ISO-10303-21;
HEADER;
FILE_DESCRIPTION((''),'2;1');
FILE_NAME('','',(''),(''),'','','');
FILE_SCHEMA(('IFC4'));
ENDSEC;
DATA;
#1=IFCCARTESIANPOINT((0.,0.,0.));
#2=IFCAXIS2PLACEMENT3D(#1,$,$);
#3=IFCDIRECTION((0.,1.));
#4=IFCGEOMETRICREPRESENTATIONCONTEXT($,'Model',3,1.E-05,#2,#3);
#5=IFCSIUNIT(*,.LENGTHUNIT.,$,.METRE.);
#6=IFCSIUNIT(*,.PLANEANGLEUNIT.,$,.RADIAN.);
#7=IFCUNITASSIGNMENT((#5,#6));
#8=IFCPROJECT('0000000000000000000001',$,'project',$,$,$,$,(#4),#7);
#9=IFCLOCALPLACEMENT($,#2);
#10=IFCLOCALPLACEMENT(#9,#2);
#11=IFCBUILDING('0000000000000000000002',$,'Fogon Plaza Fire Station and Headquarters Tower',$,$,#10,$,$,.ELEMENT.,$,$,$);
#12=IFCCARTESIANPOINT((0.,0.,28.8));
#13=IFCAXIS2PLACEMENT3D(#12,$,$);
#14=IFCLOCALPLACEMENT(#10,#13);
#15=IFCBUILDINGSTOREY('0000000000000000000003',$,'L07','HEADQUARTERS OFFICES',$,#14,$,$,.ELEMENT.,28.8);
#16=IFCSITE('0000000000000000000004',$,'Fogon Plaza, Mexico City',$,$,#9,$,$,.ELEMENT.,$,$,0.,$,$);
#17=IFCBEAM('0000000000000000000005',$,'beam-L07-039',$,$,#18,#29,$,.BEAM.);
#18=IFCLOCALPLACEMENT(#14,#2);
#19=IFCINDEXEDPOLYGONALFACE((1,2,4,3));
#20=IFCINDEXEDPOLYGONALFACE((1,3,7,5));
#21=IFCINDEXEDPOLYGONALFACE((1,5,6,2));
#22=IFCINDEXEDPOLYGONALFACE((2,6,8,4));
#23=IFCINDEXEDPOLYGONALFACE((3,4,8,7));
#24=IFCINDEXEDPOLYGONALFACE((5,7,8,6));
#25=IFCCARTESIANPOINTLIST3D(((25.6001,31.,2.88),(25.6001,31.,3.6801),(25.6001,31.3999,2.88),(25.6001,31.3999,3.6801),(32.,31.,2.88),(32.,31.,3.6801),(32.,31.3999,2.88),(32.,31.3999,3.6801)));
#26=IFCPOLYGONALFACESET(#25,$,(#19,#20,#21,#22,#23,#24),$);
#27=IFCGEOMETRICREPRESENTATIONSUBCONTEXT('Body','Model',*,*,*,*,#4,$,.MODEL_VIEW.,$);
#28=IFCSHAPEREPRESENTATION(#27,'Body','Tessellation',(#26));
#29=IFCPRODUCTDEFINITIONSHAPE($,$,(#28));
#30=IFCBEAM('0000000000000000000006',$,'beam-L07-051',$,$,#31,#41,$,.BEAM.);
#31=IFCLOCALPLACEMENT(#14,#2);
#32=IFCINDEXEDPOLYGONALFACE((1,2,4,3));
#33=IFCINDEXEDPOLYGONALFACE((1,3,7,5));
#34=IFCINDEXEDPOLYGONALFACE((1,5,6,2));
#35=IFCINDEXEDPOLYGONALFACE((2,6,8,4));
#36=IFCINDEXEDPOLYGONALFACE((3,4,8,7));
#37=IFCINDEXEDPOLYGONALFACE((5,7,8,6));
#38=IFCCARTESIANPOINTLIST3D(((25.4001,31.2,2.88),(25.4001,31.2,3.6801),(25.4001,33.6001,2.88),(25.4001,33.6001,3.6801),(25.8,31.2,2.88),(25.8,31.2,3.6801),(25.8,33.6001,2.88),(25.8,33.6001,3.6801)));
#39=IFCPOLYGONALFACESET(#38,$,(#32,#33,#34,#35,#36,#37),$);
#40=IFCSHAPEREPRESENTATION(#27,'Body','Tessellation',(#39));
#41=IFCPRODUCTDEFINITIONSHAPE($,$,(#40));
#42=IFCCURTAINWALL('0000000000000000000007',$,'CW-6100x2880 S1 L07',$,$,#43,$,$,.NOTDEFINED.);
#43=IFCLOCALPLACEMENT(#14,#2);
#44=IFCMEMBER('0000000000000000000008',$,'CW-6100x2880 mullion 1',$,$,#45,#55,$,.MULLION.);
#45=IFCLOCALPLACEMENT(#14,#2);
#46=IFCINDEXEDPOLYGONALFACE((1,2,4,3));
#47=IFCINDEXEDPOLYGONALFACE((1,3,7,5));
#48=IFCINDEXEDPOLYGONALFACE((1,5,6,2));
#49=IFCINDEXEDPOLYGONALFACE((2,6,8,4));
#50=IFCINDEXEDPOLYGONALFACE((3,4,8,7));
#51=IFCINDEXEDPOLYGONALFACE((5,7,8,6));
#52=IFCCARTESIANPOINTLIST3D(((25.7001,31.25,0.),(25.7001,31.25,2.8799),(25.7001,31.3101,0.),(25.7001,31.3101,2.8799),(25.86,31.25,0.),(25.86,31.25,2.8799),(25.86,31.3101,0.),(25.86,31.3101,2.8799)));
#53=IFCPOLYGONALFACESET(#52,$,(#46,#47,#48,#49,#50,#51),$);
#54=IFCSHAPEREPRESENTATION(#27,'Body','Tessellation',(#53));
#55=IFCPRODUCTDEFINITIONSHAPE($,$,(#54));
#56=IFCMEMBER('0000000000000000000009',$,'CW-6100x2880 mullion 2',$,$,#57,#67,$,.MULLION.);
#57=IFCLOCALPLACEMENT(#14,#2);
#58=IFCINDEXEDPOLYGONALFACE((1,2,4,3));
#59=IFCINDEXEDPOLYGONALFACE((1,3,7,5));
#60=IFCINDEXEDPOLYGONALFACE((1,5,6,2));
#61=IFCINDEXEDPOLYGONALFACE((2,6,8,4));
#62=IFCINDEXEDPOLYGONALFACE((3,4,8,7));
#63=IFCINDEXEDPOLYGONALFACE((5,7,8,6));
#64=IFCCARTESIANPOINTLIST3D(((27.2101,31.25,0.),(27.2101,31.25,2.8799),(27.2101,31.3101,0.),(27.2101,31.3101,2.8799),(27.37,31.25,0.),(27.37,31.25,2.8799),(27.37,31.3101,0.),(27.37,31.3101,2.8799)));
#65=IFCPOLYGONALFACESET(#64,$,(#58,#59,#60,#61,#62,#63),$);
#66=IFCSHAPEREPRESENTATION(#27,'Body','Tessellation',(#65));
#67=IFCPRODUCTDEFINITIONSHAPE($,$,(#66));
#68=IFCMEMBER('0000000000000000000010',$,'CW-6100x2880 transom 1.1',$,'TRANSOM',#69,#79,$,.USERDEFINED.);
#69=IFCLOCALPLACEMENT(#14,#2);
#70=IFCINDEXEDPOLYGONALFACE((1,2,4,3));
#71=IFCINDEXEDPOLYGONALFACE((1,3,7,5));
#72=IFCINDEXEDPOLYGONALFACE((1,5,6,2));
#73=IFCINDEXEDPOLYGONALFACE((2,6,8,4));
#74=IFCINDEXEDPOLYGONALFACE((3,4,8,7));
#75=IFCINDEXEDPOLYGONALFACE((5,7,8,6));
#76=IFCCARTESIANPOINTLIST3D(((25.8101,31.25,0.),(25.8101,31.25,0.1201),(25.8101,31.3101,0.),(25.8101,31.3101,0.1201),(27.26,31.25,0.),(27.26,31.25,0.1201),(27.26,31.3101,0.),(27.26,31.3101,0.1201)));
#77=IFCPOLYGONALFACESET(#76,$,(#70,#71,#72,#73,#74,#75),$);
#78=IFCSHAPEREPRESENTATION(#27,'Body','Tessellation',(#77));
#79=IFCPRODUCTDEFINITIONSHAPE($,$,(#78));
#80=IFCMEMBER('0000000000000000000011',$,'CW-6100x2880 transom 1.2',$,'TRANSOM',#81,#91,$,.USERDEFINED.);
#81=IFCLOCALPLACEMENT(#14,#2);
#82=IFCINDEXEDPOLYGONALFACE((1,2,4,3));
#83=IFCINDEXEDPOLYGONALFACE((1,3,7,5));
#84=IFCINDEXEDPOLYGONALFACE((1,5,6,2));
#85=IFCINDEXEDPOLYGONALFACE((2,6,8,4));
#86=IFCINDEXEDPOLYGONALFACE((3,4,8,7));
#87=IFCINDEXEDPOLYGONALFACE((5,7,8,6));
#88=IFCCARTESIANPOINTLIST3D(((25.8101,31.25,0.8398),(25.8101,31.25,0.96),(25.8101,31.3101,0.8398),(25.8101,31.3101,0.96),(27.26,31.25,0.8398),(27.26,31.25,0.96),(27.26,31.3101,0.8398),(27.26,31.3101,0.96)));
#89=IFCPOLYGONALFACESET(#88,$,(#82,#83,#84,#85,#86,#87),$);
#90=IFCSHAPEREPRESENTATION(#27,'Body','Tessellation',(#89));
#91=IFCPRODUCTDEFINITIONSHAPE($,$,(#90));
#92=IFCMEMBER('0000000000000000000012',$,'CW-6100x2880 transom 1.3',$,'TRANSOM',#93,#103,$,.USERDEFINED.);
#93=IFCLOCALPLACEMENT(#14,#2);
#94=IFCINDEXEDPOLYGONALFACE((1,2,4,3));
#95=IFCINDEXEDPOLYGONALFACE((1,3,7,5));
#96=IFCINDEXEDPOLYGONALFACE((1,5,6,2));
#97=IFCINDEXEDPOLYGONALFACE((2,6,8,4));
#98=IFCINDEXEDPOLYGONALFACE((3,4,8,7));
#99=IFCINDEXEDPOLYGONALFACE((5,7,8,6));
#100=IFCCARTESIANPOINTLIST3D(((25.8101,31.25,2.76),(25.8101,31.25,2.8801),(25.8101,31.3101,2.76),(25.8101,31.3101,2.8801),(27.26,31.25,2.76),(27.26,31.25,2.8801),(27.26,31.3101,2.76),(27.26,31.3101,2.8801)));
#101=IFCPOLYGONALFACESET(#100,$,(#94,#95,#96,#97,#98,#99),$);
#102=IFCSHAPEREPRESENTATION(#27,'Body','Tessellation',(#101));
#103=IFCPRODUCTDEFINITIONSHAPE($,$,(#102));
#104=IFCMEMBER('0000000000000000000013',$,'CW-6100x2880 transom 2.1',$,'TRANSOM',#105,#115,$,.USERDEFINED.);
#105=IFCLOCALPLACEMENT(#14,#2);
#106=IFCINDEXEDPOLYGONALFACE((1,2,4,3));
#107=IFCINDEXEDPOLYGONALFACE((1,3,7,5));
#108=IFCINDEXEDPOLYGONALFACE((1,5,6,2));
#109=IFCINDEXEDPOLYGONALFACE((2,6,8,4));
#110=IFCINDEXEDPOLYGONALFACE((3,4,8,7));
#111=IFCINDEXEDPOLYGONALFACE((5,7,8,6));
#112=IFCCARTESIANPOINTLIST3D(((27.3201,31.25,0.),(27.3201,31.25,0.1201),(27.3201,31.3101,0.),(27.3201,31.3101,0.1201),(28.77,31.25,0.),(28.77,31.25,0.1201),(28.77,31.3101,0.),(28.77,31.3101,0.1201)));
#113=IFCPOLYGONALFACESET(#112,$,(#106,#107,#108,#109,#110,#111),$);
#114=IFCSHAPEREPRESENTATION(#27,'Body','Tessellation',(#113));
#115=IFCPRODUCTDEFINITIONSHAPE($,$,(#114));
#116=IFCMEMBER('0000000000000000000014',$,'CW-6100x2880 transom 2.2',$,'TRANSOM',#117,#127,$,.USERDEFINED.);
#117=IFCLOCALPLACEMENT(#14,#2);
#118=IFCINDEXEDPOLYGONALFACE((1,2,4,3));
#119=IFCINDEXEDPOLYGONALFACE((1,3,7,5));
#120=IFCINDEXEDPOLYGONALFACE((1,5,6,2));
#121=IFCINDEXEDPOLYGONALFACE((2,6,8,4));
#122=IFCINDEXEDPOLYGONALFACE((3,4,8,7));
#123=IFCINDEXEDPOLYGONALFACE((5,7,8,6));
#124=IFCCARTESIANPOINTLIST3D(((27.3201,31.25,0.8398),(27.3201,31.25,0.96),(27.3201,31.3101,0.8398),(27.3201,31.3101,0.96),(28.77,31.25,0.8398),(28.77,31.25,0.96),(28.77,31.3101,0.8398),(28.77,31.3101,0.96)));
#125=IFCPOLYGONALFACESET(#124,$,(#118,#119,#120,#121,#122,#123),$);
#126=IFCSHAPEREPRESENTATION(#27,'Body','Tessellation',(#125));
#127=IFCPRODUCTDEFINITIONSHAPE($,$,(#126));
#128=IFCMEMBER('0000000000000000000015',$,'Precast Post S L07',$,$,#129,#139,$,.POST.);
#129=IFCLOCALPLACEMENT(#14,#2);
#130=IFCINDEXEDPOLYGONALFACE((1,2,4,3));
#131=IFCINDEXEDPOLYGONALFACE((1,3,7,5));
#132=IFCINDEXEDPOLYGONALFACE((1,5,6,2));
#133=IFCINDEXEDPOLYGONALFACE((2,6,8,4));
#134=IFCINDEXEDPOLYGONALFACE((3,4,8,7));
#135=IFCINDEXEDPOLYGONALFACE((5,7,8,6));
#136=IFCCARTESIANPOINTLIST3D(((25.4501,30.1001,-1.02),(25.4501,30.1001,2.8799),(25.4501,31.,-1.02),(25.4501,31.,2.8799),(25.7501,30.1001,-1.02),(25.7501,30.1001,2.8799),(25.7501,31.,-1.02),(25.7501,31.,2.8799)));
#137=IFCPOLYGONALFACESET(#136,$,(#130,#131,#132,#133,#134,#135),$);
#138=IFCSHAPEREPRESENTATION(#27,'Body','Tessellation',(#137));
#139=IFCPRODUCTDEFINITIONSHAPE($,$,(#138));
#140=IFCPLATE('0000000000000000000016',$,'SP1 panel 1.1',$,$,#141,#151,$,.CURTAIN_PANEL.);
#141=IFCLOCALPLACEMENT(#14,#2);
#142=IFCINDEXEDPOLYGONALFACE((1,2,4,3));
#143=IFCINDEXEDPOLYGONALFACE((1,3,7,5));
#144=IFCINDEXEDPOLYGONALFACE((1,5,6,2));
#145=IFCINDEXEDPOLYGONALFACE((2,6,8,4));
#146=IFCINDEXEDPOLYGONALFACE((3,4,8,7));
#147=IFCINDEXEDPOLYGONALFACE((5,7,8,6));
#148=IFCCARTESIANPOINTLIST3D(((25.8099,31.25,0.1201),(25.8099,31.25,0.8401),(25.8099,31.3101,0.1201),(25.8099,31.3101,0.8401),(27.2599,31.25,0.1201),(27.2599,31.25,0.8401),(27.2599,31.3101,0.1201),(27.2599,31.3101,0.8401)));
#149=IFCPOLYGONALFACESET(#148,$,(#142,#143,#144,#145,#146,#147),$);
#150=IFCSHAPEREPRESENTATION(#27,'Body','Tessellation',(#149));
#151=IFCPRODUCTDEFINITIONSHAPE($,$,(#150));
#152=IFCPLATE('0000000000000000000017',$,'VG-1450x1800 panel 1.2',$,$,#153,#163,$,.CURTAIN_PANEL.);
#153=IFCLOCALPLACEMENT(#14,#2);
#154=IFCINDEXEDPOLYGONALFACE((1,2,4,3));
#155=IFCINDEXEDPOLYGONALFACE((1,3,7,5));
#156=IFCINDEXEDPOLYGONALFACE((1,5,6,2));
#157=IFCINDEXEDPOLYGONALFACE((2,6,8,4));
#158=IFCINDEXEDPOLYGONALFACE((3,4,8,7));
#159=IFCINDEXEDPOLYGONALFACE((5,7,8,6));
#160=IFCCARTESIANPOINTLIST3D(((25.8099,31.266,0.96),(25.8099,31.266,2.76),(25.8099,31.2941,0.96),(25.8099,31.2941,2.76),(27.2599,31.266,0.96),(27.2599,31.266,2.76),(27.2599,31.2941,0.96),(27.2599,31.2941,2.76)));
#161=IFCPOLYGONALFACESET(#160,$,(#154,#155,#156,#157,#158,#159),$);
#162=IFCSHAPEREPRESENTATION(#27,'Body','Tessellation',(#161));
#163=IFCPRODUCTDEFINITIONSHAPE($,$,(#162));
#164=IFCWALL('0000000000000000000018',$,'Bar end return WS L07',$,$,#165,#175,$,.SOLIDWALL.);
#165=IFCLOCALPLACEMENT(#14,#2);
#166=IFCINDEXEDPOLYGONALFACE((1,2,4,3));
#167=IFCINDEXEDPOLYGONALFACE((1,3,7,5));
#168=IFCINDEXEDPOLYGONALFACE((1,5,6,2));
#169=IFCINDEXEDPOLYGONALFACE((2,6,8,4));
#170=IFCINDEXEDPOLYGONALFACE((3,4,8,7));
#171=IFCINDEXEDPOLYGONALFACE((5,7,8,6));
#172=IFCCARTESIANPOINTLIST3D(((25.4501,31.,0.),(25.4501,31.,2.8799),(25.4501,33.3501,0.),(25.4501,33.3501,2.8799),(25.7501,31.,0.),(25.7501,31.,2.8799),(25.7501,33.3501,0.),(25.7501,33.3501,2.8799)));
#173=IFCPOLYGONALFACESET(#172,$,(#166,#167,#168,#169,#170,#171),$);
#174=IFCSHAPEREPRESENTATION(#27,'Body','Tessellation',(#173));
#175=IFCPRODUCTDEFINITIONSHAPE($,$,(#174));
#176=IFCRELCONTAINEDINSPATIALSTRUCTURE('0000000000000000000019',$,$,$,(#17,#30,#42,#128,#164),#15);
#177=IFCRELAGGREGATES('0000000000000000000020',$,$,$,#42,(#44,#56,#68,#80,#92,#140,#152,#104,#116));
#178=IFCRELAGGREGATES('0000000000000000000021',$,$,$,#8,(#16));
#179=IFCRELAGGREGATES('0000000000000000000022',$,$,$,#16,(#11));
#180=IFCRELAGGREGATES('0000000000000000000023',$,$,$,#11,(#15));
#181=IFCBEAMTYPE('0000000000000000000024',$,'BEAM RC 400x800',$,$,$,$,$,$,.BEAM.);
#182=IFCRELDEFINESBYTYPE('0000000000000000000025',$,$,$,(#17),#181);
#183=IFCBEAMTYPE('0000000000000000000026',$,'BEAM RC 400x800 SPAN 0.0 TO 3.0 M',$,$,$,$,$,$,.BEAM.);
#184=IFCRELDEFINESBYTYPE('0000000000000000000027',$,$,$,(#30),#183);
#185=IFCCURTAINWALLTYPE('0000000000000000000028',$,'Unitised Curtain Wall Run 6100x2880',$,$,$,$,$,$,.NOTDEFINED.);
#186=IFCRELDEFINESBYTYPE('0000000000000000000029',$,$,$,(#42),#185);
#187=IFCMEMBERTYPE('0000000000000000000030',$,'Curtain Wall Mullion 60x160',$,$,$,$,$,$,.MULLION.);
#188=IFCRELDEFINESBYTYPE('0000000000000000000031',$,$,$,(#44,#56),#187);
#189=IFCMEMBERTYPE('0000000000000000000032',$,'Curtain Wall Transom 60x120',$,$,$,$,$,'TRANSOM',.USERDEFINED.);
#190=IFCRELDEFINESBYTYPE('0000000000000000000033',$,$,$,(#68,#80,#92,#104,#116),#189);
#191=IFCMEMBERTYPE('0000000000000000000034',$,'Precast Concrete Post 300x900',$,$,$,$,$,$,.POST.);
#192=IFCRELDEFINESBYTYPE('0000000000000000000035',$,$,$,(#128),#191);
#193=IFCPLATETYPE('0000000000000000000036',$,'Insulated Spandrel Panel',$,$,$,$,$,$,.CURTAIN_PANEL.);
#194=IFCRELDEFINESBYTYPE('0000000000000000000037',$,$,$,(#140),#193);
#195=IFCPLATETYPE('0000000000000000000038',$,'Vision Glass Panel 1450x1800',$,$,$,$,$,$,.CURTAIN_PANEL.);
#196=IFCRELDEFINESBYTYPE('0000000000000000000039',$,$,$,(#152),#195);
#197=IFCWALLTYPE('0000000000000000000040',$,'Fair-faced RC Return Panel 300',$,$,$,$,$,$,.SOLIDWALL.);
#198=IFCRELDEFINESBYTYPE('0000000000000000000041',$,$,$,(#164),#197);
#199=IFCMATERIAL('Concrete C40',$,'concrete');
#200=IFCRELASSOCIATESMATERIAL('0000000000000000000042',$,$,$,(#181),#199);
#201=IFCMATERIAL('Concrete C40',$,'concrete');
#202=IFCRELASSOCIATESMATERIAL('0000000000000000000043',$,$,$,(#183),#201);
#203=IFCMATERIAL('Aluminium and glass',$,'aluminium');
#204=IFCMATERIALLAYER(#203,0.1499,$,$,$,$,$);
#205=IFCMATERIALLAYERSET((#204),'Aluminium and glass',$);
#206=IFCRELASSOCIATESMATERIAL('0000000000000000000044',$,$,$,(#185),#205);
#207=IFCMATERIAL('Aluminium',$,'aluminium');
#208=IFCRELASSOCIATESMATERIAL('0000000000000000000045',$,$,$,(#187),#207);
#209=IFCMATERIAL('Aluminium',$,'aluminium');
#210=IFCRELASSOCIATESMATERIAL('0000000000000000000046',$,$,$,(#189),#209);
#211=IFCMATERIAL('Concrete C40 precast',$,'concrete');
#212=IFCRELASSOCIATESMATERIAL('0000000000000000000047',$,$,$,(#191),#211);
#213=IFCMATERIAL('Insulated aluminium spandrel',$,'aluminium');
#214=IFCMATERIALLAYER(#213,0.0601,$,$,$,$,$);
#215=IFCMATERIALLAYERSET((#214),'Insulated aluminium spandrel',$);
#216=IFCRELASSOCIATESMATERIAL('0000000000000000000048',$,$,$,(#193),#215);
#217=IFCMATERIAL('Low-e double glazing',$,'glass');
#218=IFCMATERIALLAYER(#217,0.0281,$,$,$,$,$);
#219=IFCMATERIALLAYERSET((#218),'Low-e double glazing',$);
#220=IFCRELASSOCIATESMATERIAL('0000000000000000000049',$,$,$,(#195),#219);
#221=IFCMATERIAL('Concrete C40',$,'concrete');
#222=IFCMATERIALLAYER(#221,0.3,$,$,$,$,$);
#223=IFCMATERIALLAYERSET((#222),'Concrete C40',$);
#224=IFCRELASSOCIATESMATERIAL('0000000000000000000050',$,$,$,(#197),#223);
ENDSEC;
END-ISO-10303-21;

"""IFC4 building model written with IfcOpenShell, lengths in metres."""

from ifc_helpers import new_model, si_unit, direction, frame, frame_2d, origin, origin_2d, place, context, subcontext, project, spatial, rectangle, extrude, material, layer, layer_set, material_profile, profile_set, type_object, element, aggregate, save


model = new_model("IFC4")

# Units and contexts
model_context = context("Model", 3, precision=1e-05, world=origin(), true_north=direction((0.0, 1.0)))
body_context = subcontext(model_context, "Body", "Model", "MODEL_VIEW")
ifc_project = project(units=[si_unit("LENGTHUNIT", "METRE"), si_unit("PLANEANGLEUNIT", "RADIAN")], contexts=[model_context])

# Site, building, storey
site_placement = place(None, origin())
site = spatial("IfcSite", under=ifc_project, at=site_placement, Name="Fogon Plaza, Mexico City", CompositionType="ELEMENT", RefElevation=0.0)
building_placement = place(site_placement, origin())
building = spatial("IfcBuilding", under=site, at=building_placement, Name="Fogon Plaza Fire Station and Headquarters Tower", CompositionType="ELEMENT")
storey_placement = place(building_placement, frame((0.0, 0.0, 28.8)))
storey = spatial("IfcBuildingStorey", under=building, at=storey_placement, Name="L07", Description="HEADQUARTERS OFFICES", CompositionType="ELEMENT", Elevation=28.8)

# Beams
ifc_material_1 = material(Name="Concrete C40", Category="concrete")
ifc_material_profile_1 = material_profile(ifc_material_1, rectangle(XDim=0.3999, YDim=0.8, at=origin_2d()), Name="RC 400x800")
ifc_profile_set_1 = profile_set([ifc_material_profile_1], Name="Concrete C40")
beam_type_1 = type_object("IfcBeamType", Name="BEAM RC 400x800", PredefinedType="BEAM", material=ifc_profile_set_1)
beam_1_placement = place(storey_placement, frame((25.6001, 31.2, 3.28), z_axis=(1.0, 0.0, 0.0), x_axis=(0.0, 1.0, 0.0)))
element("IfcBeam", 1, at=beam_1_placement, inside=storey, type_object=beam_type_1, Name="beam-L07-039", PredefinedType="BEAM", context=body_context, shape_type="SweptSolid", body=[
    extrude(rectangle(XDim=0.3999, YDim=0.8, at=origin_2d()), origin(), (0.0, 0.0, 1.0), 6.3999),
])
ifc_material_2 = material(Name="Concrete C40", Category="concrete")
ifc_material_profile_2 = material_profile(ifc_material_2, rectangle(XDim=0.3999, YDim=0.8, at=origin_2d()), Name="RC 400x800")
ifc_profile_set_2 = profile_set([ifc_material_profile_2], Name="Concrete C40")
beam_type_2 = type_object("IfcBeamType", Name="BEAM RC 400x800 SPAN 0.0 TO 3.0 M", PredefinedType="BEAM", material=ifc_profile_set_2)
beam_2_placement = place(storey_placement, frame((25.6001, 31.2, 3.28), z_axis=(0.0, 1.0, 0.0), x_axis=(-1.0, 0.0, 0.0)))
element("IfcBeam", 2, at=beam_2_placement, inside=storey, type_object=beam_type_2, Name="beam-L07-051", PredefinedType="BEAM", context=body_context, shape_type="SweptSolid", body=[
    extrude(rectangle(XDim=0.3999, YDim=0.8, at=origin_2d()), origin(), (0.0, 0.0, 1.0), 2.4001),
])

# Curtain wall, members
ifc_material_3 = material(Name="Aluminium and glass", Category="aluminium")
ifc_layer_1 = layer(ifc_material_3, 0.1499)
ifc_layer_set_1 = layer_set([ifc_layer_1], Name="Aluminium and glass")
curtain_wall_type = type_object("IfcCurtainWallType", Name="Unitised Curtain Wall Run 6100x2880", PredefinedType="NOTDEFINED", material=ifc_layer_set_1)
curtain_wall_placement = place(storey_placement, origin())
curtain_wall = element("IfcCurtainWall", 3, at=curtain_wall_placement, inside=storey, type_object=curtain_wall_type, Name="CW-6100x2880 S1 L07", PredefinedType="NOTDEFINED")
ifc_material_4 = material(Name="Aluminium", Category="aluminium")
ifc_material_profile_3 = material_profile(ifc_material_4, rectangle(XDim=0.0601, YDim=0.1599, at=origin_2d()), Name="Curtain Wall Mullion 60x160")
ifc_profile_set_3 = profile_set([ifc_material_profile_3], Name="Aluminium")
member_type_1 = type_object("IfcMemberType", Name="Curtain Wall Mullion 60x160", PredefinedType="MULLION", material=ifc_profile_set_3)
member_1_placement = place(storey_placement, frame((25.78, 31.28, 0.0), z_axis=(0.0, 0.0, 1.0), x_axis=(0.0, 1.0, 0.0)))
member_1 = element("IfcMember", 4, at=member_1_placement, type_object=member_type_1, Name="CW-6100x2880 mullion 1", PredefinedType="MULLION", context=body_context, shape_type="SweptSolid", body=[
    extrude(rectangle(XDim=0.0601, YDim=0.1599, at=origin_2d()), origin(), (0.0, 0.0, 1.0), 2.8799),
])
member_2_placement = place(storey_placement, frame((27.29, 31.28, 0.0), z_axis=(0.0, 0.0, 1.0), x_axis=(0.0, 1.0, 0.0)))
member_2 = element("IfcMember", 5, at=member_2_placement, type_object=member_type_1, Name="CW-6100x2880 mullion 2", PredefinedType="MULLION", context=body_context, shape_type="SweptSolid", body=[
    extrude(rectangle(XDim=0.0601, YDim=0.1599, at=origin_2d()), origin(), (0.0, 0.0, 1.0), 2.8799),
])
ifc_material_5 = material(Name="Aluminium", Category="aluminium")
ifc_material_profile_4 = material_profile(ifc_material_5, rectangle(XDim=0.0601, YDim=0.1201, at=origin_2d()), Name="Curtain Wall Transom 60x120")
ifc_profile_set_4 = profile_set([ifc_material_profile_4], Name="Aluminium")
member_type_2 = type_object("IfcMemberType", Name="Curtain Wall Transom 60x120", ElementType="TRANSOM", PredefinedType="USERDEFINED", material=ifc_profile_set_4)
member_3_placement = place(storey_placement, frame((25.8101, 31.28, 0.0601), z_axis=(1.0, 0.0, 0.0), x_axis=(0.0, 1.0, 0.0)))
member_3 = element("IfcMember", 6, at=member_3_placement, type_object=member_type_2, Name="CW-6100x2880 transom 1.1", ObjectType="TRANSOM", PredefinedType="USERDEFINED", context=body_context, shape_type="SweptSolid", body=[
    extrude(rectangle(XDim=0.0601, YDim=0.1201, at=origin_2d()), origin(), (0.0, 0.0, 1.0), 1.45),
])
member_4_placement = place(storey_placement, frame((25.8101, 31.28, 0.8999), z_axis=(1.0, 0.0, 0.0), x_axis=(0.0, 1.0, 0.0)))
member_4 = element("IfcMember", 7, at=member_4_placement, type_object=member_type_2, Name="CW-6100x2880 transom 1.2", ObjectType="TRANSOM", PredefinedType="USERDEFINED", context=body_context, shape_type="SweptSolid", body=[
    extrude(rectangle(XDim=0.0601, YDim=0.1201, at=origin_2d()), origin(), (0.0, 0.0, 1.0), 1.45),
])
member_5_placement = place(storey_placement, frame((25.8101, 31.28, 2.8201), z_axis=(1.0, 0.0, 0.0), x_axis=(0.0, 1.0, 0.0)))
member_5 = element("IfcMember", 8, at=member_5_placement, type_object=member_type_2, Name="CW-6100x2880 transom 1.3", ObjectType="TRANSOM", PredefinedType="USERDEFINED", context=body_context, shape_type="SweptSolid", body=[
    extrude(rectangle(XDim=0.0601, YDim=0.1201, at=origin_2d()), origin(), (0.0, 0.0, 1.0), 1.45),
])
member_6_placement = place(storey_placement, frame((27.3201, 31.28, 0.0601), z_axis=(1.0, 0.0, 0.0), x_axis=(0.0, 1.0, 0.0)))
member_6 = element("IfcMember", 9, at=member_6_placement, type_object=member_type_2, Name="CW-6100x2880 transom 2.1", ObjectType="TRANSOM", PredefinedType="USERDEFINED", context=body_context, shape_type="SweptSolid", body=[
    extrude(rectangle(XDim=0.0601, YDim=0.1201, at=origin_2d()), origin(), (0.0, 0.0, 1.0), 1.45),
])
member_7_placement = place(storey_placement, frame((27.3201, 31.28, 0.8999), z_axis=(1.0, 0.0, 0.0), x_axis=(0.0, 1.0, 0.0)))
member_7 = element("IfcMember", 10, at=member_7_placement, type_object=member_type_2, Name="CW-6100x2880 transom 2.2", ObjectType="TRANSOM", PredefinedType="USERDEFINED", context=body_context, shape_type="SweptSolid", body=[
    extrude(rectangle(XDim=0.0601, YDim=0.1201, at=origin_2d()), origin(), (0.0, 0.0, 1.0), 1.45),
])

# Member
ifc_material_6 = material(Name="Concrete C40 precast", Category="concrete")
ifc_material_profile_5 = material_profile(ifc_material_6, rectangle(XDim=0.3, YDim=0.8999, at=origin_2d()), Name="Precast Concrete Post 300x900")
ifc_profile_set_5 = profile_set([ifc_material_profile_5], Name="Concrete C40 precast")
member_type_3 = type_object("IfcMemberType", Name="Precast Concrete Post 300x900", PredefinedType="POST", material=ifc_profile_set_5)
member_8_placement = place(storey_placement, frame((25.6001, 30.55, -1.02), z_axis=(0.0, 0.0, 1.0), x_axis=(1.0, 0.0, 0.0)))
element("IfcMember", 11, at=member_8_placement, inside=storey, type_object=member_type_3, Name="Precast Post S L07", PredefinedType="POST", context=body_context, shape_type="SweptSolid", body=[
    extrude(rectangle(XDim=0.3, YDim=0.8999, at=origin_2d()), origin(), (0.0, 0.0, 1.0), 3.8999),
])

# Plates
ifc_material_7 = material(Name="Insulated aluminium spandrel", Category="aluminium")
ifc_layer_2 = layer(ifc_material_7, 0.0601)
ifc_layer_set_2 = layer_set([ifc_layer_2], Name="Insulated aluminium spandrel")
plate_type_1 = type_object("IfcPlateType", Name="Insulated Spandrel Panel", PredefinedType="CURTAIN_PANEL", material=ifc_layer_set_2)
plate_1_placement = place(storey_placement, frame((26.5349, 31.28, 0.1201), z_axis=(0.0, 0.0, 1.0), x_axis=(1.0, 0.0, 0.0)))
plate_1 = element("IfcPlate", 12, at=plate_1_placement, type_object=plate_type_1, Name="SP1 panel 1.1", PredefinedType="CURTAIN_PANEL", context=body_context, shape_type="SweptSolid", body=[
    extrude(rectangle(XDim=1.45, YDim=0.0601, at=origin_2d()), origin(), (0.0, 0.0, 1.0), 0.72),
])
ifc_material_8 = material(Name="Low-e double glazing", Category="glass")
ifc_layer_3 = layer(ifc_material_8, 0.0281)
ifc_layer_set_3 = layer_set([ifc_layer_3], Name="Low-e double glazing")
plate_type_2 = type_object("IfcPlateType", Name="Vision Glass Panel 1450x1800", PredefinedType="CURTAIN_PANEL", material=ifc_layer_set_3)
plate_2_placement = place(storey_placement, frame((26.5349, 31.28, 0.96), z_axis=(0.0, 0.0, 1.0), x_axis=(1.0, 0.0, 0.0)))
plate_2 = element("IfcPlate", 13, at=plate_2_placement, type_object=plate_type_2, Name="VG-1450x1800 panel 1.2", PredefinedType="CURTAIN_PANEL", context=body_context, shape_type="SweptSolid", body=[
    extrude(rectangle(XDim=1.45, YDim=0.0281, at=origin_2d()), origin(), (0.0, 0.0, 1.0), 1.8),
])
aggregate(curtain_wall, [member_1, member_2, member_3, member_4, member_5, plate_1, plate_2, member_6, member_7])

# Wall
ifc_material_9 = material(Name="Concrete C40", Category="concrete")
ifc_layer_4 = layer(ifc_material_9, 0.3)
ifc_layer_set_4 = layer_set([ifc_layer_4], Name="Concrete C40")
wall_type = type_object("IfcWallType", Name="Fair-faced RC Return Panel 300", PredefinedType="SOLIDWALL", material=ifc_layer_set_4)
wall_placement = place(storey_placement, frame((25.6001, 31.0, 0.0), z_axis=(0.0, 0.0, 1.0), x_axis=(0.0, 1.0, 0.0)))
element("IfcWall", 14, at=wall_placement, inside=storey, type_object=wall_type, Name="Bar end return WS L07", PredefinedType="SOLIDWALL", context=body_context, shape_type="SweptSolid", body=[
    extrude(rectangle(XDim=2.3501, YDim=0.3, at=frame_2d((1.175, 0.0))), origin(), (0.0, 0.0, 1.0), 2.8799),
])

save(model, "model.ifc")
